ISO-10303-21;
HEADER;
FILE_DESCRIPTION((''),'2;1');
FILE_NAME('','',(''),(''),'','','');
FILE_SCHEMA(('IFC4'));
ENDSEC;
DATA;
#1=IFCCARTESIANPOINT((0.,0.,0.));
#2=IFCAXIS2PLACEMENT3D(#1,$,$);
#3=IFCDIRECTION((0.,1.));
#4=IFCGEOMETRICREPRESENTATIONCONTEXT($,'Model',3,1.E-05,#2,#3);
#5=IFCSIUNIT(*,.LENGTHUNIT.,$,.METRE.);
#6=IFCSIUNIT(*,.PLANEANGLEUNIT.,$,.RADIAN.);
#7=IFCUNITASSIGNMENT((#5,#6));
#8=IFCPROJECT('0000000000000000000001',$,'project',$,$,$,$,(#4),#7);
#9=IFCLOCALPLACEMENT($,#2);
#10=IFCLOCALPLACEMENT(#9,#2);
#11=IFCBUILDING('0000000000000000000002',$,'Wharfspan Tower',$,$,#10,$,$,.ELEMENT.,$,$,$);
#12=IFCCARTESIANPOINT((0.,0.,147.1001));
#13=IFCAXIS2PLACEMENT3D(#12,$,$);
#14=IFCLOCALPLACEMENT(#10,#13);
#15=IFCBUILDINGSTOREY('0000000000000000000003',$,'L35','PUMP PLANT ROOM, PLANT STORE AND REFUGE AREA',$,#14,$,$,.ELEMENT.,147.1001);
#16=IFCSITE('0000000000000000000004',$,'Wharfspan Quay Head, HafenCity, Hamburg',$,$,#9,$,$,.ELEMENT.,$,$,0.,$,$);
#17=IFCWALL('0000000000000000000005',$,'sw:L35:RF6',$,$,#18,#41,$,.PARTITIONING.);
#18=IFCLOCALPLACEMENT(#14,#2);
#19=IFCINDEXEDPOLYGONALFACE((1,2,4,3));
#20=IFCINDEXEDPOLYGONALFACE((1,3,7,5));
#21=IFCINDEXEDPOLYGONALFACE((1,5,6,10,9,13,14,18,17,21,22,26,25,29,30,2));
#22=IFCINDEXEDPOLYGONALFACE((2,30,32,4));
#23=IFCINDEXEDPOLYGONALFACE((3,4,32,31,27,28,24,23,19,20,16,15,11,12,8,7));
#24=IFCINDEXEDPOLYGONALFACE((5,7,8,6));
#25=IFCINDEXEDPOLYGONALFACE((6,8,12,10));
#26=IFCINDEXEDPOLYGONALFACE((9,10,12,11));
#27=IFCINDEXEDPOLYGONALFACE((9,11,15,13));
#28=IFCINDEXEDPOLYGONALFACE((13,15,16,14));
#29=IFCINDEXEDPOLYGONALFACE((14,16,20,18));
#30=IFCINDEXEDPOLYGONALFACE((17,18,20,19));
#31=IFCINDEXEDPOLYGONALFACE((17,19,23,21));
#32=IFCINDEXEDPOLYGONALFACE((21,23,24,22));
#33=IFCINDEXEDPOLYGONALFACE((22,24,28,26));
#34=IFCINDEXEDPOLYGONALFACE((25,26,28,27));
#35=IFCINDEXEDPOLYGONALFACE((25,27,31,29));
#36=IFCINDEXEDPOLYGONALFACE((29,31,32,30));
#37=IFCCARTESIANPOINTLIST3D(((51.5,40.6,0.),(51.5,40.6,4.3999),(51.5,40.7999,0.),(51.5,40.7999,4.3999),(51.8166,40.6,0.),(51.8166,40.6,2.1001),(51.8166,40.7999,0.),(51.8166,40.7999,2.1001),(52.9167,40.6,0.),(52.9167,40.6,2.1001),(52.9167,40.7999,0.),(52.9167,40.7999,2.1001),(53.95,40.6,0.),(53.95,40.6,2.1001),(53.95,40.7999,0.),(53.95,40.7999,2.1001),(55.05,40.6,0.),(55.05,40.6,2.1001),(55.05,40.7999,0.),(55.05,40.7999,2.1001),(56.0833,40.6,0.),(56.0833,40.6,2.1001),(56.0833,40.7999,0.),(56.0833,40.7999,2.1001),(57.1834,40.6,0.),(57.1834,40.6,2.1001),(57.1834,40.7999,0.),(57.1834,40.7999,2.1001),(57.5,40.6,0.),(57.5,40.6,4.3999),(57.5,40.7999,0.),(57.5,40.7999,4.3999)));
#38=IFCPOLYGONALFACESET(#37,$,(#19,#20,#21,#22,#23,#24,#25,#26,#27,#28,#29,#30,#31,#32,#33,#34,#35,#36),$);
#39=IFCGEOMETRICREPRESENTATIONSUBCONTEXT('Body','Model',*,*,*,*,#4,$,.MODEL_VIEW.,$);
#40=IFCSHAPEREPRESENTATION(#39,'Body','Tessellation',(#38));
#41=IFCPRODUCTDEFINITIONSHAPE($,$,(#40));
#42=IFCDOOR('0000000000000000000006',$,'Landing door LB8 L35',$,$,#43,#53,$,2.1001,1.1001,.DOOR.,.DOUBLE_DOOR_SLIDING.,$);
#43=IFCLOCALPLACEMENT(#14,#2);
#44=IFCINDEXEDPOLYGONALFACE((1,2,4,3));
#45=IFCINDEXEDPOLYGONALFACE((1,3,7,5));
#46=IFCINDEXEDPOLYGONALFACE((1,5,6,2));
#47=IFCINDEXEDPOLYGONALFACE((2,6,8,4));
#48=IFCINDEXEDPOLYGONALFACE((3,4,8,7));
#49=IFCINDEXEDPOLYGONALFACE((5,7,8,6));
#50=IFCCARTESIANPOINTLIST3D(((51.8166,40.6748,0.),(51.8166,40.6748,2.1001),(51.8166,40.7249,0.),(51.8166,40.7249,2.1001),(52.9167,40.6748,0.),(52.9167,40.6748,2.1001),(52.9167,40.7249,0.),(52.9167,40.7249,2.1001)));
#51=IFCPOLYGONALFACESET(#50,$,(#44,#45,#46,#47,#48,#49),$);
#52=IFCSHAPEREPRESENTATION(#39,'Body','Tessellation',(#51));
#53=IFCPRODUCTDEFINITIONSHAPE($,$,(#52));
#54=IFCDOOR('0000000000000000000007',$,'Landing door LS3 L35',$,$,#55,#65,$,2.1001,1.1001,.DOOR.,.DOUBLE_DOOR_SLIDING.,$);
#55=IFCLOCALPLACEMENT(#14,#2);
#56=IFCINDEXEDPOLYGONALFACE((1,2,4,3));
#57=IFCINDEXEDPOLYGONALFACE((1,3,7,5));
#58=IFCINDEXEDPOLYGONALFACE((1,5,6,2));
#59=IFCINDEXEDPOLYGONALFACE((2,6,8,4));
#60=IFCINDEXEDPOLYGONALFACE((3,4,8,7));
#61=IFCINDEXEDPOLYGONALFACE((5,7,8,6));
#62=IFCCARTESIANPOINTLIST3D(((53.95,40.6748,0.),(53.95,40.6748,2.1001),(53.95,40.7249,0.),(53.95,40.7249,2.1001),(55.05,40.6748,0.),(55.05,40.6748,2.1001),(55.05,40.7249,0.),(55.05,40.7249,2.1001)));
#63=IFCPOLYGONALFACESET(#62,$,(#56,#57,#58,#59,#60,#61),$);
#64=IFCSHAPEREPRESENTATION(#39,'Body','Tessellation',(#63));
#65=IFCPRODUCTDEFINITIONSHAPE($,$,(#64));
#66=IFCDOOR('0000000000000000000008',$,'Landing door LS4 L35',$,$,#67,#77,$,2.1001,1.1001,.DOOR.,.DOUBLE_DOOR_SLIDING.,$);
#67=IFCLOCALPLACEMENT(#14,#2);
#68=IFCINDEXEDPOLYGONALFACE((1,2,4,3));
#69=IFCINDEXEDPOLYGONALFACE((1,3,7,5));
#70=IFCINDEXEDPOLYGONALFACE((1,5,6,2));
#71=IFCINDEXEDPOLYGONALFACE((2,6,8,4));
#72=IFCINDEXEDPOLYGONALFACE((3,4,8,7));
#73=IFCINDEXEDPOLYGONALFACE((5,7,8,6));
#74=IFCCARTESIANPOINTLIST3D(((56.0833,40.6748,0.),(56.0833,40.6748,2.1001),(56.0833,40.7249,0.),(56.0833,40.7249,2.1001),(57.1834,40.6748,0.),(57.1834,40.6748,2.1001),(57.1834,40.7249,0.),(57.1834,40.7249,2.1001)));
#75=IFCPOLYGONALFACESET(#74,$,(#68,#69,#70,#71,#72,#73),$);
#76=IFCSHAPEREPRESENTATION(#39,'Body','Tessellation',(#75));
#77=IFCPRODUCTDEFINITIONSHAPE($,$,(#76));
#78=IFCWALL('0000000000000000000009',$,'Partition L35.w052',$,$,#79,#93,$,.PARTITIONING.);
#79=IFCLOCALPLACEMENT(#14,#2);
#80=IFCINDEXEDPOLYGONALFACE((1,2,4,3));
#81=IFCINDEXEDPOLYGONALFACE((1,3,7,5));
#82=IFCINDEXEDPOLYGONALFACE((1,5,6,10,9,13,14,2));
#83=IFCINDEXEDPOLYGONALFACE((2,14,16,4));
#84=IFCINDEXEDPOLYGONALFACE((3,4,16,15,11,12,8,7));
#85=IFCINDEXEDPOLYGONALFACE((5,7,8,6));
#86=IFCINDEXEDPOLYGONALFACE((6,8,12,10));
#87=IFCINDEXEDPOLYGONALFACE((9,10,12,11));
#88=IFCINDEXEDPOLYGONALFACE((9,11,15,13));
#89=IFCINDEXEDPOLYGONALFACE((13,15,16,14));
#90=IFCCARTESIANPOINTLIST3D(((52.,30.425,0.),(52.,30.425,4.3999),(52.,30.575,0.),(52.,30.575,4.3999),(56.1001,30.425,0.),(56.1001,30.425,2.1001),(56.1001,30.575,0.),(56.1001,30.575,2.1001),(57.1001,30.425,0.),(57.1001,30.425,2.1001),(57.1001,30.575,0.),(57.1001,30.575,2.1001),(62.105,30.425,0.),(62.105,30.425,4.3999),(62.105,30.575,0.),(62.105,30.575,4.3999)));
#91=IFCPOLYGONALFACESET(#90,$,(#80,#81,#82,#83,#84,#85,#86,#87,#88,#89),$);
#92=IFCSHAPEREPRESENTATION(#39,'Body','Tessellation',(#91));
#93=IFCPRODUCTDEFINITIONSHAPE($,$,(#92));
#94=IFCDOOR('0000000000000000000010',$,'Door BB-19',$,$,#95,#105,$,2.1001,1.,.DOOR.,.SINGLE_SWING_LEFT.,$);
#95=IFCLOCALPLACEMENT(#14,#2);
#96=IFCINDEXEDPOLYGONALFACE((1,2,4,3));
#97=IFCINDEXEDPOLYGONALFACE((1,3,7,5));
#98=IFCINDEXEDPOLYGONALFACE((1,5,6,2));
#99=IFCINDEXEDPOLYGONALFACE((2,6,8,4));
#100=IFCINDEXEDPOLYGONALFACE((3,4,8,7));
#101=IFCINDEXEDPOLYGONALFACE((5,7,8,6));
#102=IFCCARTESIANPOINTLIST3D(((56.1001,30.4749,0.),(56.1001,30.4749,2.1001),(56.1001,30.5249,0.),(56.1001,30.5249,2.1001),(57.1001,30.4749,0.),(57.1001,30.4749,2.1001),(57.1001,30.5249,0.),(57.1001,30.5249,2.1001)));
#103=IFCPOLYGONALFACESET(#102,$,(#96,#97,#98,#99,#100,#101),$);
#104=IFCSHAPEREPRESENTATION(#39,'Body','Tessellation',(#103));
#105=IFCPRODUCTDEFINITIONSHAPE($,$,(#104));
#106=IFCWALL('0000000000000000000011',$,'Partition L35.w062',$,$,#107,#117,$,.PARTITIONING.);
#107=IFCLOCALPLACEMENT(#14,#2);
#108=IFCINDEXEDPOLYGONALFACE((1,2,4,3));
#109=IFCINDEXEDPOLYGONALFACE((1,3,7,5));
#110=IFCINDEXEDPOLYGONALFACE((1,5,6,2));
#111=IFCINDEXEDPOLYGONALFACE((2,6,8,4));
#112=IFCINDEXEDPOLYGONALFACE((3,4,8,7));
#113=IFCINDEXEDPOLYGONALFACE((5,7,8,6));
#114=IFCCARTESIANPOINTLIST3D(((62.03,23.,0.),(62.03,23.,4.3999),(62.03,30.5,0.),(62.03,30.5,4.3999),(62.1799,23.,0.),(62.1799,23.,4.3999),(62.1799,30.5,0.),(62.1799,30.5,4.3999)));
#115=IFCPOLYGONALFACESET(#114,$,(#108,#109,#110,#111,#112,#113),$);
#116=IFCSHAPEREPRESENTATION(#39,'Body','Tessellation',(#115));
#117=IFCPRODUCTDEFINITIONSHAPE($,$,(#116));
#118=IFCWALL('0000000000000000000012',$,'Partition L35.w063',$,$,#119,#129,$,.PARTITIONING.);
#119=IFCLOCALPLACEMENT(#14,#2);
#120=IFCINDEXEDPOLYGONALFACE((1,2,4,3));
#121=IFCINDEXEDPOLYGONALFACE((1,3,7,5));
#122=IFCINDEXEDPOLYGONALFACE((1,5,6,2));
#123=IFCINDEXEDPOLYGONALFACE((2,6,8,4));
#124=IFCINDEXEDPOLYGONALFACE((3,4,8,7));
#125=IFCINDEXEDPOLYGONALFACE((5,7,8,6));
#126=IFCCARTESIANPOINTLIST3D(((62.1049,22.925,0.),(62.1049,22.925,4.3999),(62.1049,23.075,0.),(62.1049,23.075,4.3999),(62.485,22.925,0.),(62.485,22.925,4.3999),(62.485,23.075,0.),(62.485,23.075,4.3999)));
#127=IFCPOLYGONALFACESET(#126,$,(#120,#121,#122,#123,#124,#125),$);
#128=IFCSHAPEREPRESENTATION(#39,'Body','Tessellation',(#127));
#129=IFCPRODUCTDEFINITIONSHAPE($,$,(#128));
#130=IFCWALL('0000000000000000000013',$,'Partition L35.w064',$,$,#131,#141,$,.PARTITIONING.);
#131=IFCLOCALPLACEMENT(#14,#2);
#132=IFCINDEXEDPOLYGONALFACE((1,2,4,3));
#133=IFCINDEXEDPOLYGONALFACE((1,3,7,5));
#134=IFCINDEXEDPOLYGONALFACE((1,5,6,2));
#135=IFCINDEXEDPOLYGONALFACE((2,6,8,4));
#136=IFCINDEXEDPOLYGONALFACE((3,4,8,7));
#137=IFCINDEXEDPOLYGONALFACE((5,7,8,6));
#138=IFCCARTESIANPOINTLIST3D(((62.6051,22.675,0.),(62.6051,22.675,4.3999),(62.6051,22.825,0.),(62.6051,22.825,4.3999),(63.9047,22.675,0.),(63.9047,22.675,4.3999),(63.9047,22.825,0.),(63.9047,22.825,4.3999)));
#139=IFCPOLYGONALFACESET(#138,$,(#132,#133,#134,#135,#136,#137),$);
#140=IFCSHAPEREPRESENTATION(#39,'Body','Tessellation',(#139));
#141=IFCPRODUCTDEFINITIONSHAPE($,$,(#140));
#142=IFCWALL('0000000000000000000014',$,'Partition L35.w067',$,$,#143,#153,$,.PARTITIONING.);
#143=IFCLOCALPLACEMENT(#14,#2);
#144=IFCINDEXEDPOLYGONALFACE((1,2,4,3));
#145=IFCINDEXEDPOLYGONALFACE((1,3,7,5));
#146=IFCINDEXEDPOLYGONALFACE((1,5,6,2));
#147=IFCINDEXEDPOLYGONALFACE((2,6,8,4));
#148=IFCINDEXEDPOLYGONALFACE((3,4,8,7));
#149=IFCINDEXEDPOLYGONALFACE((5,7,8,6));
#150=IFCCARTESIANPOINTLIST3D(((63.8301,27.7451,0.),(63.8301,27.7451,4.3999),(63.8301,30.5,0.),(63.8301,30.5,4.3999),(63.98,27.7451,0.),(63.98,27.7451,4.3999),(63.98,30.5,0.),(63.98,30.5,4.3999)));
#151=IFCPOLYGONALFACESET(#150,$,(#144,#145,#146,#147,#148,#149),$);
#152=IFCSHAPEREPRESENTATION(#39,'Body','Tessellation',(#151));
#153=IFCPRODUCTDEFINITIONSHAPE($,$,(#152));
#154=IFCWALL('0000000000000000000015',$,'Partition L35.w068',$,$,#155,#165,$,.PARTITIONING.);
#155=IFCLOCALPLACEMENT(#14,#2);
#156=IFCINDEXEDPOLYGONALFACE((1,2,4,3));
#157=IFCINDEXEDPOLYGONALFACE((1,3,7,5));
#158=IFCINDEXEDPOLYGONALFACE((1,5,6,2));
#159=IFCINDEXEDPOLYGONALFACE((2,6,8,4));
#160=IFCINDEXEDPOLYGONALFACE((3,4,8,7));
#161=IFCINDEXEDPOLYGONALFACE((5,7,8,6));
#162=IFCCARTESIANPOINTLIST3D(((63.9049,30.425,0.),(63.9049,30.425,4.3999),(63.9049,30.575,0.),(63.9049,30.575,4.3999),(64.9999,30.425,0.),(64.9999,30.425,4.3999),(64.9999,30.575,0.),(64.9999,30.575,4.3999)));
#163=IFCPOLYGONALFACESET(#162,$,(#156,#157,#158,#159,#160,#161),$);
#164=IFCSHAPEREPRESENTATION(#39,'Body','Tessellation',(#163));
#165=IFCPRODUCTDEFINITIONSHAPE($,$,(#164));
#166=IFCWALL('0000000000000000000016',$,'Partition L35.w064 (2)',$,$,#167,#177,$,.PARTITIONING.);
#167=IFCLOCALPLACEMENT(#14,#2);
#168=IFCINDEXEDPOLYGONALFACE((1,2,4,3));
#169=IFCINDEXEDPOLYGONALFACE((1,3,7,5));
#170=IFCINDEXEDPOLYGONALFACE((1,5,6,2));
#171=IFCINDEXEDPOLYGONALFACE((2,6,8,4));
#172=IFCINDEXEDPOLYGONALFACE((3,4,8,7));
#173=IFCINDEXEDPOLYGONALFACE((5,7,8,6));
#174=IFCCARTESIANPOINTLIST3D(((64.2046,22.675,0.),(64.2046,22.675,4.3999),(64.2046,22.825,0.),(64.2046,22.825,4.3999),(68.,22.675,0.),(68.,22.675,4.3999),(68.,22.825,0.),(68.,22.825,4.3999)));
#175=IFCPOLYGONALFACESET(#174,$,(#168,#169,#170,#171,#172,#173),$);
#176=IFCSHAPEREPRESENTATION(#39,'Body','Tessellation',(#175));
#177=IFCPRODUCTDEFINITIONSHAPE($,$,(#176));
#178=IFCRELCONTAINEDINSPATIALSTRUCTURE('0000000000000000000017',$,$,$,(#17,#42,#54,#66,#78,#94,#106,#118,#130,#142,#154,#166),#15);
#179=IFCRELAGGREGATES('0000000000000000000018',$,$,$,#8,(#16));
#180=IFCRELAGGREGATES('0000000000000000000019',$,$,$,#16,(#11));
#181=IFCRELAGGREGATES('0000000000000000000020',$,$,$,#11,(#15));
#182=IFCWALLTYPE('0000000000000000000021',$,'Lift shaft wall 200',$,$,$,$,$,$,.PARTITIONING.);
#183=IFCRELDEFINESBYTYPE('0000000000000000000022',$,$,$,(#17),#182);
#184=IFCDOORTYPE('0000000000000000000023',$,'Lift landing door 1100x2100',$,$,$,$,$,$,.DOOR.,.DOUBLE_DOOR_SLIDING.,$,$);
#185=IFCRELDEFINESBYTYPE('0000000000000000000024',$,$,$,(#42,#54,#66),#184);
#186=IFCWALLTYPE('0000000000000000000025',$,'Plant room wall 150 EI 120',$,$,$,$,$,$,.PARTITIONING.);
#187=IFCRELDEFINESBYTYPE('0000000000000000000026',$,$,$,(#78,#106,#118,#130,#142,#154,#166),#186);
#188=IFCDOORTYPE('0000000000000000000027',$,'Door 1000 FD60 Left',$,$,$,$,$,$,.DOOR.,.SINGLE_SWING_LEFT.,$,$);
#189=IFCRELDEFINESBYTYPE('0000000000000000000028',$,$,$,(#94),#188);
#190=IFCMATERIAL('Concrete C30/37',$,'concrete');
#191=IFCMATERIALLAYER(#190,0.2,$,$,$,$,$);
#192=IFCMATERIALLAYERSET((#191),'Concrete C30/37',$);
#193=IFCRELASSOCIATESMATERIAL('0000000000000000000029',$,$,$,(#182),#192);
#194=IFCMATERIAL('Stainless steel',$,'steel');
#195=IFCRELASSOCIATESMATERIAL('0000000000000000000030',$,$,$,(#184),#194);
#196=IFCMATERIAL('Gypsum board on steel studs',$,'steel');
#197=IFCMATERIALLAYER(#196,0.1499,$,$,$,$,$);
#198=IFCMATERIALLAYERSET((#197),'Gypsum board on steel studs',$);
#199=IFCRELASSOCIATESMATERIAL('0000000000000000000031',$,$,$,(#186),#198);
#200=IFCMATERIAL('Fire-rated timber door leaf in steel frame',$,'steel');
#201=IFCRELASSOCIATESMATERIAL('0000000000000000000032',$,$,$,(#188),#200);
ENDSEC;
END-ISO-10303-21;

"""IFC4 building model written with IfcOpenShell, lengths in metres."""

from ifc_helpers import new_model, si_unit, direction, frame, frame_2d, origin, place, context, subcontext, project, spatial, rectangle, extrude, material, layer, layer_set, type_object, element, fill, save


model = new_model("IFC4")

# Units and contexts
model_context = context("Model", 3, precision=1e-05, world=origin(), true_north=direction((0.0, 1.0)))
body_context = subcontext(model_context, "Body", "Model", "MODEL_VIEW")
ifc_project = project(units=[si_unit("LENGTHUNIT", "METRE"), si_unit("PLANEANGLEUNIT", "RADIAN")], contexts=[model_context])

# Site, building, storey
site_placement = place(None, origin())
site = spatial("IfcSite", under=ifc_project, at=site_placement, Name="Wharfspan Quay Head, HafenCity, Hamburg", CompositionType="ELEMENT", RefElevation=0.0)
building_placement = place(site_placement, origin())
building = spatial("IfcBuilding", under=site, at=building_placement, Name="Wharfspan Tower", CompositionType="ELEMENT")
storey_placement = place(building_placement, frame((0.0, 0.0, 147.1001)))
storey = spatial("IfcBuildingStorey", under=building, at=storey_placement, Name="L35", Description="PUMP PLANT ROOM, PLANT STORE AND REFUGE AREA", CompositionType="ELEMENT", Elevation=147.1001)

# Wall, openings, doors
ifc_material_1 = material(Name="Concrete C30/37", Category="concrete")
ifc_layer_1 = layer(ifc_material_1, 0.2)
ifc_layer_set_1 = layer_set([ifc_layer_1], Name="Concrete C30/37")
wall_type_1 = type_object("IfcWallType", Name="Lift shaft wall 200", PredefinedType="PARTITIONING", material=ifc_layer_set_1)
wall_1_placement = place(storey_placement, frame((51.5, 40.7, 0.0), z_axis=(0.0, 0.0, 1.0), x_axis=(1.0, 0.0, 0.0)))
wall_1 = element("IfcWall", 1, at=wall_1_placement, inside=storey, type_object=wall_type_1, Name="sw:L35:RF6", PredefinedType="PARTITIONING", context=body_context, shape_type="SweptSolid", body=[
    extrude(rectangle(XDim=6.0, YDim=0.2, at=frame_2d((3.0, 0.0))), origin(), (0.0, 0.0, 1.0), 4.3999),
])
opening_1_placement = place(wall_1_placement, frame((0.3166, 0.0, 0.0)))
opening_1 = element("IfcOpeningElement", 2, at=opening_1_placement, cuts=wall_1, PredefinedType="OPENING", context=body_context, shape_type="SweptSolid", body=[
    extrude(rectangle(XDim=1.1001, YDim=2.1001, at=frame_2d((0.55, 1.05))), frame((0.0, 0.1099, 0.0), z_axis=(0.0, -1.0, 0.0), x_axis=(1.0, 0.0, 0.0)), (0.0, 0.0, 1.0), 0.22),
])
opening_2_placement = place(wall_1_placement, frame((2.45, 0.0, 0.0)))
opening_2 = element("IfcOpeningElement", 3, at=opening_2_placement, cuts=wall_1, PredefinedType="OPENING", context=body_context, shape_type="SweptSolid", body=[
    extrude(rectangle(XDim=1.1001, YDim=2.1001, at=frame_2d((0.55, 1.05))), frame((0.0, 0.1099, 0.0), z_axis=(0.0, -1.0, 0.0), x_axis=(1.0, 0.0, 0.0)), (0.0, 0.0, 1.0), 0.22),
])
opening_3_placement = place(wall_1_placement, frame((4.5833, 0.0, 0.0)))
opening_3 = element("IfcOpeningElement", 4, at=opening_3_placement, cuts=wall_1, PredefinedType="OPENING", context=body_context, shape_type="SweptSolid", body=[
    extrude(rectangle(XDim=1.1001, YDim=2.1001, at=frame_2d((0.55, 1.05))), frame((0.0, 0.1099, 0.0), z_axis=(0.0, -1.0, 0.0), x_axis=(1.0, 0.0, 0.0)), (0.0, 0.0, 1.0), 0.22),
])
ifc_material_2 = material(Name="Stainless steel", Category="steel")
door_type_1 = type_object("IfcDoorType", Name="Lift landing door 1100x2100", OperationType="DOUBLE_DOOR_SLIDING", PredefinedType="DOOR", material=ifc_material_2)
door_1_placement = place(opening_1_placement, origin())
door_1 = element("IfcDoor", 5, at=door_1_placement, inside=storey, type_object=door_type_1, Name="Landing door LB8 L35", OperationType="DOUBLE_DOOR_SLIDING", OverallHeight=2.1001, OverallWidth=1.1001, PredefinedType="DOOR", context=body_context, shape_type="SweptSolid", body=[
    extrude(rectangle(XDim=1.1001, YDim=2.1001, at=frame_2d((0.55, 1.05))), frame((0.0, 0.0249, 0.0), z_axis=(0.0, -1.0, 0.0), x_axis=(1.0, 0.0, 0.0)), (0.0, 0.0, 1.0), 0.05),
])
fill(opening_1, door_1)
door_2_placement = place(opening_2_placement, origin())
door_2 = element("IfcDoor", 6, at=door_2_placement, inside=storey, type_object=door_type_1, Name="Landing door LS3 L35", OperationType="DOUBLE_DOOR_SLIDING", OverallHeight=2.1001, OverallWidth=1.1001, PredefinedType="DOOR", context=body_context, shape_type="SweptSolid", body=[
    extrude(rectangle(XDim=1.1001, YDim=2.1001, at=frame_2d((0.55, 1.05))), frame((0.0, 0.0249, 0.0), z_axis=(0.0, -1.0, 0.0), x_axis=(1.0, 0.0, 0.0)), (0.0, 0.0, 1.0), 0.05),
])
fill(opening_2, door_2)
door_3_placement = place(opening_3_placement, origin())
door_3 = element("IfcDoor", 7, at=door_3_placement, inside=storey, type_object=door_type_1, Name="Landing door LS4 L35", OperationType="DOUBLE_DOOR_SLIDING", OverallHeight=2.1001, OverallWidth=1.1001, PredefinedType="DOOR", context=body_context, shape_type="SweptSolid", body=[
    extrude(rectangle(XDim=1.1001, YDim=2.1001, at=frame_2d((0.55, 1.05))), frame((0.0, 0.0249, 0.0), z_axis=(0.0, -1.0, 0.0), x_axis=(1.0, 0.0, 0.0)), (0.0, 0.0, 1.0), 0.05),
])
fill(opening_3, door_3)

# Wall, opening, door
ifc_material_3 = material(Name="Gypsum board on steel studs", Category="steel")
ifc_layer_2 = layer(ifc_material_3, 0.1499)
ifc_layer_set_2 = layer_set([ifc_layer_2], Name="Gypsum board on steel studs")
wall_type_2 = type_object("IfcWallType", Name="Plant room wall 150 EI 120", PredefinedType="PARTITIONING", material=ifc_layer_set_2)
wall_2_placement = place(storey_placement, frame((52.0, 30.5, 0.0), z_axis=(0.0, 0.0, 1.0), x_axis=(1.0, 0.0, 0.0)))
wall_2 = element("IfcWall", 8, at=wall_2_placement, inside=storey, type_object=wall_type_2, Name="Partition L35.w052", PredefinedType="PARTITIONING", context=body_context, shape_type="SweptSolid", body=[
    extrude(rectangle(XDim=10.105, YDim=0.1499, at=frame_2d((5.0525, 0.0))), origin(), (0.0, 0.0, 1.0), 4.3999),
])
opening_4_placement = place(wall_2_placement, frame((4.1001, 0.0, 0.0)))
opening_4 = element("IfcOpeningElement", 9, at=opening_4_placement, cuts=wall_2, PredefinedType="OPENING", context=body_context, shape_type="SweptSolid", body=[
    extrude(rectangle(XDim=1.0, YDim=2.1001, at=frame_2d((0.5, 1.05))), frame((0.0, 0.085, 0.0), z_axis=(0.0, -1.0, 0.0), x_axis=(1.0, 0.0, 0.0)), (0.0, 0.0, 1.0), 0.1699),
])
ifc_material_4 = material(Name="Fire-rated timber door leaf in steel frame", Category="steel")
door_type_2 = type_object("IfcDoorType", Name="Door 1000 FD60 Left", OperationType="SINGLE_SWING_LEFT", PredefinedType="DOOR", material=ifc_material_4)
door_4_placement = place(opening_4_placement, origin())
door_4 = element("IfcDoor", 10, at=door_4_placement, inside=storey, type_object=door_type_2, Name="Door BB-19", OperationType="SINGLE_SWING_LEFT", OverallHeight=2.1001, OverallWidth=1.0, PredefinedType="DOOR", context=body_context, shape_type="SweptSolid", body=[
    extrude(rectangle(XDim=1.0, YDim=2.1001, at=frame_2d((0.5, 1.05))), frame((0.0, 0.0249, 0.0), z_axis=(0.0, -1.0, 0.0), x_axis=(1.0, 0.0, 0.0)), (0.0, 0.0, 1.0), 0.05),
])
fill(opening_4, door_4)

# Walls
wall_3_placement = place(storey_placement, frame((62.105, 23.0, 0.0), z_axis=(0.0, 0.0, 1.0), x_axis=(0.0, 1.0, 0.0)))
element("IfcWall", 11, at=wall_3_placement, inside=storey, type_object=wall_type_2, Name="Partition L35.w062", PredefinedType="PARTITIONING", context=body_context, shape_type="SweptSolid", body=[
    extrude(rectangle(XDim=7.5, YDim=0.1499, at=frame_2d((3.75, 0.0))), origin(), (0.0, 0.0, 1.0), 4.3999),
])
wall_4_placement = place(storey_placement, frame((62.105, 23.0, 0.0), z_axis=(0.0, 0.0, 1.0), x_axis=(1.0, 0.0, 0.0)))
element("IfcWall", 12, at=wall_4_placement, inside=storey, type_object=wall_type_2, Name="Partition L35.w063", PredefinedType="PARTITIONING", context=body_context, shape_type="SweptSolid", body=[
    extrude(rectangle(XDim=0.3801, YDim=0.1499, at=frame_2d((0.1899, 0.0))), origin(), (0.0, 0.0, 1.0), 4.3999),
])
wall_5_placement = place(storey_placement, frame((62.605, 22.75, 0.0), z_axis=(0.0, 0.0, 1.0), x_axis=(1.0, 0.0, 0.0)))
element("IfcWall", 13, at=wall_5_placement, inside=storey, type_object=wall_type_2, Name="Partition L35.w064", PredefinedType="PARTITIONING", context=body_context, shape_type="SweptSolid", body=[
    extrude(rectangle(XDim=1.2996, YDim=0.1499, at=frame_2d((0.6499, 0.0))), origin(), (0.0, 0.0, 1.0), 4.3999),
])
wall_6_placement = place(storey_placement, frame((63.905, 27.7451, 0.0), z_axis=(0.0, 0.0, 1.0), x_axis=(0.0, 1.0, 0.0)))
element("IfcWall", 14, at=wall_6_placement, inside=storey, type_object=wall_type_2, Name="Partition L35.w067", PredefinedType="PARTITIONING", context=body_context, shape_type="SweptSolid", body=[
    extrude(rectangle(XDim=2.7549, YDim=0.1499, at=frame_2d((1.3774, 0.0))), origin(), (0.0, 0.0, 1.0), 4.3999),
])
wall_7_placement = place(storey_placement, frame((63.905, 30.5, 0.0), z_axis=(0.0, 0.0, 1.0), x_axis=(1.0, 0.0, 0.0)))
element("IfcWall", 15, at=wall_7_placement, inside=storey, type_object=wall_type_2, Name="Partition L35.w068", PredefinedType="PARTITIONING", context=body_context, shape_type="SweptSolid", body=[
    extrude(rectangle(XDim=1.095, YDim=0.1499, at=frame_2d((0.5474, 0.0))), origin(), (0.0, 0.0, 1.0), 4.3999),
])
wall_8_placement = place(storey_placement, frame((64.2046, 22.75, 0.0), z_axis=(0.0, 0.0, 1.0), x_axis=(1.0, 0.0, 0.0)))
element("IfcWall", 16, at=wall_8_placement, inside=storey, type_object=wall_type_2, Name="Partition L35.w064 (2)", PredefinedType="PARTITIONING", context=body_context, shape_type="SweptSolid", body=[
    extrude(rectangle(XDim=3.7954, YDim=0.1499, at=frame_2d((1.8977, 0.0))), origin(), (0.0, 0.0, 1.0), 4.3999),
])

save(model, "model.ifc")
